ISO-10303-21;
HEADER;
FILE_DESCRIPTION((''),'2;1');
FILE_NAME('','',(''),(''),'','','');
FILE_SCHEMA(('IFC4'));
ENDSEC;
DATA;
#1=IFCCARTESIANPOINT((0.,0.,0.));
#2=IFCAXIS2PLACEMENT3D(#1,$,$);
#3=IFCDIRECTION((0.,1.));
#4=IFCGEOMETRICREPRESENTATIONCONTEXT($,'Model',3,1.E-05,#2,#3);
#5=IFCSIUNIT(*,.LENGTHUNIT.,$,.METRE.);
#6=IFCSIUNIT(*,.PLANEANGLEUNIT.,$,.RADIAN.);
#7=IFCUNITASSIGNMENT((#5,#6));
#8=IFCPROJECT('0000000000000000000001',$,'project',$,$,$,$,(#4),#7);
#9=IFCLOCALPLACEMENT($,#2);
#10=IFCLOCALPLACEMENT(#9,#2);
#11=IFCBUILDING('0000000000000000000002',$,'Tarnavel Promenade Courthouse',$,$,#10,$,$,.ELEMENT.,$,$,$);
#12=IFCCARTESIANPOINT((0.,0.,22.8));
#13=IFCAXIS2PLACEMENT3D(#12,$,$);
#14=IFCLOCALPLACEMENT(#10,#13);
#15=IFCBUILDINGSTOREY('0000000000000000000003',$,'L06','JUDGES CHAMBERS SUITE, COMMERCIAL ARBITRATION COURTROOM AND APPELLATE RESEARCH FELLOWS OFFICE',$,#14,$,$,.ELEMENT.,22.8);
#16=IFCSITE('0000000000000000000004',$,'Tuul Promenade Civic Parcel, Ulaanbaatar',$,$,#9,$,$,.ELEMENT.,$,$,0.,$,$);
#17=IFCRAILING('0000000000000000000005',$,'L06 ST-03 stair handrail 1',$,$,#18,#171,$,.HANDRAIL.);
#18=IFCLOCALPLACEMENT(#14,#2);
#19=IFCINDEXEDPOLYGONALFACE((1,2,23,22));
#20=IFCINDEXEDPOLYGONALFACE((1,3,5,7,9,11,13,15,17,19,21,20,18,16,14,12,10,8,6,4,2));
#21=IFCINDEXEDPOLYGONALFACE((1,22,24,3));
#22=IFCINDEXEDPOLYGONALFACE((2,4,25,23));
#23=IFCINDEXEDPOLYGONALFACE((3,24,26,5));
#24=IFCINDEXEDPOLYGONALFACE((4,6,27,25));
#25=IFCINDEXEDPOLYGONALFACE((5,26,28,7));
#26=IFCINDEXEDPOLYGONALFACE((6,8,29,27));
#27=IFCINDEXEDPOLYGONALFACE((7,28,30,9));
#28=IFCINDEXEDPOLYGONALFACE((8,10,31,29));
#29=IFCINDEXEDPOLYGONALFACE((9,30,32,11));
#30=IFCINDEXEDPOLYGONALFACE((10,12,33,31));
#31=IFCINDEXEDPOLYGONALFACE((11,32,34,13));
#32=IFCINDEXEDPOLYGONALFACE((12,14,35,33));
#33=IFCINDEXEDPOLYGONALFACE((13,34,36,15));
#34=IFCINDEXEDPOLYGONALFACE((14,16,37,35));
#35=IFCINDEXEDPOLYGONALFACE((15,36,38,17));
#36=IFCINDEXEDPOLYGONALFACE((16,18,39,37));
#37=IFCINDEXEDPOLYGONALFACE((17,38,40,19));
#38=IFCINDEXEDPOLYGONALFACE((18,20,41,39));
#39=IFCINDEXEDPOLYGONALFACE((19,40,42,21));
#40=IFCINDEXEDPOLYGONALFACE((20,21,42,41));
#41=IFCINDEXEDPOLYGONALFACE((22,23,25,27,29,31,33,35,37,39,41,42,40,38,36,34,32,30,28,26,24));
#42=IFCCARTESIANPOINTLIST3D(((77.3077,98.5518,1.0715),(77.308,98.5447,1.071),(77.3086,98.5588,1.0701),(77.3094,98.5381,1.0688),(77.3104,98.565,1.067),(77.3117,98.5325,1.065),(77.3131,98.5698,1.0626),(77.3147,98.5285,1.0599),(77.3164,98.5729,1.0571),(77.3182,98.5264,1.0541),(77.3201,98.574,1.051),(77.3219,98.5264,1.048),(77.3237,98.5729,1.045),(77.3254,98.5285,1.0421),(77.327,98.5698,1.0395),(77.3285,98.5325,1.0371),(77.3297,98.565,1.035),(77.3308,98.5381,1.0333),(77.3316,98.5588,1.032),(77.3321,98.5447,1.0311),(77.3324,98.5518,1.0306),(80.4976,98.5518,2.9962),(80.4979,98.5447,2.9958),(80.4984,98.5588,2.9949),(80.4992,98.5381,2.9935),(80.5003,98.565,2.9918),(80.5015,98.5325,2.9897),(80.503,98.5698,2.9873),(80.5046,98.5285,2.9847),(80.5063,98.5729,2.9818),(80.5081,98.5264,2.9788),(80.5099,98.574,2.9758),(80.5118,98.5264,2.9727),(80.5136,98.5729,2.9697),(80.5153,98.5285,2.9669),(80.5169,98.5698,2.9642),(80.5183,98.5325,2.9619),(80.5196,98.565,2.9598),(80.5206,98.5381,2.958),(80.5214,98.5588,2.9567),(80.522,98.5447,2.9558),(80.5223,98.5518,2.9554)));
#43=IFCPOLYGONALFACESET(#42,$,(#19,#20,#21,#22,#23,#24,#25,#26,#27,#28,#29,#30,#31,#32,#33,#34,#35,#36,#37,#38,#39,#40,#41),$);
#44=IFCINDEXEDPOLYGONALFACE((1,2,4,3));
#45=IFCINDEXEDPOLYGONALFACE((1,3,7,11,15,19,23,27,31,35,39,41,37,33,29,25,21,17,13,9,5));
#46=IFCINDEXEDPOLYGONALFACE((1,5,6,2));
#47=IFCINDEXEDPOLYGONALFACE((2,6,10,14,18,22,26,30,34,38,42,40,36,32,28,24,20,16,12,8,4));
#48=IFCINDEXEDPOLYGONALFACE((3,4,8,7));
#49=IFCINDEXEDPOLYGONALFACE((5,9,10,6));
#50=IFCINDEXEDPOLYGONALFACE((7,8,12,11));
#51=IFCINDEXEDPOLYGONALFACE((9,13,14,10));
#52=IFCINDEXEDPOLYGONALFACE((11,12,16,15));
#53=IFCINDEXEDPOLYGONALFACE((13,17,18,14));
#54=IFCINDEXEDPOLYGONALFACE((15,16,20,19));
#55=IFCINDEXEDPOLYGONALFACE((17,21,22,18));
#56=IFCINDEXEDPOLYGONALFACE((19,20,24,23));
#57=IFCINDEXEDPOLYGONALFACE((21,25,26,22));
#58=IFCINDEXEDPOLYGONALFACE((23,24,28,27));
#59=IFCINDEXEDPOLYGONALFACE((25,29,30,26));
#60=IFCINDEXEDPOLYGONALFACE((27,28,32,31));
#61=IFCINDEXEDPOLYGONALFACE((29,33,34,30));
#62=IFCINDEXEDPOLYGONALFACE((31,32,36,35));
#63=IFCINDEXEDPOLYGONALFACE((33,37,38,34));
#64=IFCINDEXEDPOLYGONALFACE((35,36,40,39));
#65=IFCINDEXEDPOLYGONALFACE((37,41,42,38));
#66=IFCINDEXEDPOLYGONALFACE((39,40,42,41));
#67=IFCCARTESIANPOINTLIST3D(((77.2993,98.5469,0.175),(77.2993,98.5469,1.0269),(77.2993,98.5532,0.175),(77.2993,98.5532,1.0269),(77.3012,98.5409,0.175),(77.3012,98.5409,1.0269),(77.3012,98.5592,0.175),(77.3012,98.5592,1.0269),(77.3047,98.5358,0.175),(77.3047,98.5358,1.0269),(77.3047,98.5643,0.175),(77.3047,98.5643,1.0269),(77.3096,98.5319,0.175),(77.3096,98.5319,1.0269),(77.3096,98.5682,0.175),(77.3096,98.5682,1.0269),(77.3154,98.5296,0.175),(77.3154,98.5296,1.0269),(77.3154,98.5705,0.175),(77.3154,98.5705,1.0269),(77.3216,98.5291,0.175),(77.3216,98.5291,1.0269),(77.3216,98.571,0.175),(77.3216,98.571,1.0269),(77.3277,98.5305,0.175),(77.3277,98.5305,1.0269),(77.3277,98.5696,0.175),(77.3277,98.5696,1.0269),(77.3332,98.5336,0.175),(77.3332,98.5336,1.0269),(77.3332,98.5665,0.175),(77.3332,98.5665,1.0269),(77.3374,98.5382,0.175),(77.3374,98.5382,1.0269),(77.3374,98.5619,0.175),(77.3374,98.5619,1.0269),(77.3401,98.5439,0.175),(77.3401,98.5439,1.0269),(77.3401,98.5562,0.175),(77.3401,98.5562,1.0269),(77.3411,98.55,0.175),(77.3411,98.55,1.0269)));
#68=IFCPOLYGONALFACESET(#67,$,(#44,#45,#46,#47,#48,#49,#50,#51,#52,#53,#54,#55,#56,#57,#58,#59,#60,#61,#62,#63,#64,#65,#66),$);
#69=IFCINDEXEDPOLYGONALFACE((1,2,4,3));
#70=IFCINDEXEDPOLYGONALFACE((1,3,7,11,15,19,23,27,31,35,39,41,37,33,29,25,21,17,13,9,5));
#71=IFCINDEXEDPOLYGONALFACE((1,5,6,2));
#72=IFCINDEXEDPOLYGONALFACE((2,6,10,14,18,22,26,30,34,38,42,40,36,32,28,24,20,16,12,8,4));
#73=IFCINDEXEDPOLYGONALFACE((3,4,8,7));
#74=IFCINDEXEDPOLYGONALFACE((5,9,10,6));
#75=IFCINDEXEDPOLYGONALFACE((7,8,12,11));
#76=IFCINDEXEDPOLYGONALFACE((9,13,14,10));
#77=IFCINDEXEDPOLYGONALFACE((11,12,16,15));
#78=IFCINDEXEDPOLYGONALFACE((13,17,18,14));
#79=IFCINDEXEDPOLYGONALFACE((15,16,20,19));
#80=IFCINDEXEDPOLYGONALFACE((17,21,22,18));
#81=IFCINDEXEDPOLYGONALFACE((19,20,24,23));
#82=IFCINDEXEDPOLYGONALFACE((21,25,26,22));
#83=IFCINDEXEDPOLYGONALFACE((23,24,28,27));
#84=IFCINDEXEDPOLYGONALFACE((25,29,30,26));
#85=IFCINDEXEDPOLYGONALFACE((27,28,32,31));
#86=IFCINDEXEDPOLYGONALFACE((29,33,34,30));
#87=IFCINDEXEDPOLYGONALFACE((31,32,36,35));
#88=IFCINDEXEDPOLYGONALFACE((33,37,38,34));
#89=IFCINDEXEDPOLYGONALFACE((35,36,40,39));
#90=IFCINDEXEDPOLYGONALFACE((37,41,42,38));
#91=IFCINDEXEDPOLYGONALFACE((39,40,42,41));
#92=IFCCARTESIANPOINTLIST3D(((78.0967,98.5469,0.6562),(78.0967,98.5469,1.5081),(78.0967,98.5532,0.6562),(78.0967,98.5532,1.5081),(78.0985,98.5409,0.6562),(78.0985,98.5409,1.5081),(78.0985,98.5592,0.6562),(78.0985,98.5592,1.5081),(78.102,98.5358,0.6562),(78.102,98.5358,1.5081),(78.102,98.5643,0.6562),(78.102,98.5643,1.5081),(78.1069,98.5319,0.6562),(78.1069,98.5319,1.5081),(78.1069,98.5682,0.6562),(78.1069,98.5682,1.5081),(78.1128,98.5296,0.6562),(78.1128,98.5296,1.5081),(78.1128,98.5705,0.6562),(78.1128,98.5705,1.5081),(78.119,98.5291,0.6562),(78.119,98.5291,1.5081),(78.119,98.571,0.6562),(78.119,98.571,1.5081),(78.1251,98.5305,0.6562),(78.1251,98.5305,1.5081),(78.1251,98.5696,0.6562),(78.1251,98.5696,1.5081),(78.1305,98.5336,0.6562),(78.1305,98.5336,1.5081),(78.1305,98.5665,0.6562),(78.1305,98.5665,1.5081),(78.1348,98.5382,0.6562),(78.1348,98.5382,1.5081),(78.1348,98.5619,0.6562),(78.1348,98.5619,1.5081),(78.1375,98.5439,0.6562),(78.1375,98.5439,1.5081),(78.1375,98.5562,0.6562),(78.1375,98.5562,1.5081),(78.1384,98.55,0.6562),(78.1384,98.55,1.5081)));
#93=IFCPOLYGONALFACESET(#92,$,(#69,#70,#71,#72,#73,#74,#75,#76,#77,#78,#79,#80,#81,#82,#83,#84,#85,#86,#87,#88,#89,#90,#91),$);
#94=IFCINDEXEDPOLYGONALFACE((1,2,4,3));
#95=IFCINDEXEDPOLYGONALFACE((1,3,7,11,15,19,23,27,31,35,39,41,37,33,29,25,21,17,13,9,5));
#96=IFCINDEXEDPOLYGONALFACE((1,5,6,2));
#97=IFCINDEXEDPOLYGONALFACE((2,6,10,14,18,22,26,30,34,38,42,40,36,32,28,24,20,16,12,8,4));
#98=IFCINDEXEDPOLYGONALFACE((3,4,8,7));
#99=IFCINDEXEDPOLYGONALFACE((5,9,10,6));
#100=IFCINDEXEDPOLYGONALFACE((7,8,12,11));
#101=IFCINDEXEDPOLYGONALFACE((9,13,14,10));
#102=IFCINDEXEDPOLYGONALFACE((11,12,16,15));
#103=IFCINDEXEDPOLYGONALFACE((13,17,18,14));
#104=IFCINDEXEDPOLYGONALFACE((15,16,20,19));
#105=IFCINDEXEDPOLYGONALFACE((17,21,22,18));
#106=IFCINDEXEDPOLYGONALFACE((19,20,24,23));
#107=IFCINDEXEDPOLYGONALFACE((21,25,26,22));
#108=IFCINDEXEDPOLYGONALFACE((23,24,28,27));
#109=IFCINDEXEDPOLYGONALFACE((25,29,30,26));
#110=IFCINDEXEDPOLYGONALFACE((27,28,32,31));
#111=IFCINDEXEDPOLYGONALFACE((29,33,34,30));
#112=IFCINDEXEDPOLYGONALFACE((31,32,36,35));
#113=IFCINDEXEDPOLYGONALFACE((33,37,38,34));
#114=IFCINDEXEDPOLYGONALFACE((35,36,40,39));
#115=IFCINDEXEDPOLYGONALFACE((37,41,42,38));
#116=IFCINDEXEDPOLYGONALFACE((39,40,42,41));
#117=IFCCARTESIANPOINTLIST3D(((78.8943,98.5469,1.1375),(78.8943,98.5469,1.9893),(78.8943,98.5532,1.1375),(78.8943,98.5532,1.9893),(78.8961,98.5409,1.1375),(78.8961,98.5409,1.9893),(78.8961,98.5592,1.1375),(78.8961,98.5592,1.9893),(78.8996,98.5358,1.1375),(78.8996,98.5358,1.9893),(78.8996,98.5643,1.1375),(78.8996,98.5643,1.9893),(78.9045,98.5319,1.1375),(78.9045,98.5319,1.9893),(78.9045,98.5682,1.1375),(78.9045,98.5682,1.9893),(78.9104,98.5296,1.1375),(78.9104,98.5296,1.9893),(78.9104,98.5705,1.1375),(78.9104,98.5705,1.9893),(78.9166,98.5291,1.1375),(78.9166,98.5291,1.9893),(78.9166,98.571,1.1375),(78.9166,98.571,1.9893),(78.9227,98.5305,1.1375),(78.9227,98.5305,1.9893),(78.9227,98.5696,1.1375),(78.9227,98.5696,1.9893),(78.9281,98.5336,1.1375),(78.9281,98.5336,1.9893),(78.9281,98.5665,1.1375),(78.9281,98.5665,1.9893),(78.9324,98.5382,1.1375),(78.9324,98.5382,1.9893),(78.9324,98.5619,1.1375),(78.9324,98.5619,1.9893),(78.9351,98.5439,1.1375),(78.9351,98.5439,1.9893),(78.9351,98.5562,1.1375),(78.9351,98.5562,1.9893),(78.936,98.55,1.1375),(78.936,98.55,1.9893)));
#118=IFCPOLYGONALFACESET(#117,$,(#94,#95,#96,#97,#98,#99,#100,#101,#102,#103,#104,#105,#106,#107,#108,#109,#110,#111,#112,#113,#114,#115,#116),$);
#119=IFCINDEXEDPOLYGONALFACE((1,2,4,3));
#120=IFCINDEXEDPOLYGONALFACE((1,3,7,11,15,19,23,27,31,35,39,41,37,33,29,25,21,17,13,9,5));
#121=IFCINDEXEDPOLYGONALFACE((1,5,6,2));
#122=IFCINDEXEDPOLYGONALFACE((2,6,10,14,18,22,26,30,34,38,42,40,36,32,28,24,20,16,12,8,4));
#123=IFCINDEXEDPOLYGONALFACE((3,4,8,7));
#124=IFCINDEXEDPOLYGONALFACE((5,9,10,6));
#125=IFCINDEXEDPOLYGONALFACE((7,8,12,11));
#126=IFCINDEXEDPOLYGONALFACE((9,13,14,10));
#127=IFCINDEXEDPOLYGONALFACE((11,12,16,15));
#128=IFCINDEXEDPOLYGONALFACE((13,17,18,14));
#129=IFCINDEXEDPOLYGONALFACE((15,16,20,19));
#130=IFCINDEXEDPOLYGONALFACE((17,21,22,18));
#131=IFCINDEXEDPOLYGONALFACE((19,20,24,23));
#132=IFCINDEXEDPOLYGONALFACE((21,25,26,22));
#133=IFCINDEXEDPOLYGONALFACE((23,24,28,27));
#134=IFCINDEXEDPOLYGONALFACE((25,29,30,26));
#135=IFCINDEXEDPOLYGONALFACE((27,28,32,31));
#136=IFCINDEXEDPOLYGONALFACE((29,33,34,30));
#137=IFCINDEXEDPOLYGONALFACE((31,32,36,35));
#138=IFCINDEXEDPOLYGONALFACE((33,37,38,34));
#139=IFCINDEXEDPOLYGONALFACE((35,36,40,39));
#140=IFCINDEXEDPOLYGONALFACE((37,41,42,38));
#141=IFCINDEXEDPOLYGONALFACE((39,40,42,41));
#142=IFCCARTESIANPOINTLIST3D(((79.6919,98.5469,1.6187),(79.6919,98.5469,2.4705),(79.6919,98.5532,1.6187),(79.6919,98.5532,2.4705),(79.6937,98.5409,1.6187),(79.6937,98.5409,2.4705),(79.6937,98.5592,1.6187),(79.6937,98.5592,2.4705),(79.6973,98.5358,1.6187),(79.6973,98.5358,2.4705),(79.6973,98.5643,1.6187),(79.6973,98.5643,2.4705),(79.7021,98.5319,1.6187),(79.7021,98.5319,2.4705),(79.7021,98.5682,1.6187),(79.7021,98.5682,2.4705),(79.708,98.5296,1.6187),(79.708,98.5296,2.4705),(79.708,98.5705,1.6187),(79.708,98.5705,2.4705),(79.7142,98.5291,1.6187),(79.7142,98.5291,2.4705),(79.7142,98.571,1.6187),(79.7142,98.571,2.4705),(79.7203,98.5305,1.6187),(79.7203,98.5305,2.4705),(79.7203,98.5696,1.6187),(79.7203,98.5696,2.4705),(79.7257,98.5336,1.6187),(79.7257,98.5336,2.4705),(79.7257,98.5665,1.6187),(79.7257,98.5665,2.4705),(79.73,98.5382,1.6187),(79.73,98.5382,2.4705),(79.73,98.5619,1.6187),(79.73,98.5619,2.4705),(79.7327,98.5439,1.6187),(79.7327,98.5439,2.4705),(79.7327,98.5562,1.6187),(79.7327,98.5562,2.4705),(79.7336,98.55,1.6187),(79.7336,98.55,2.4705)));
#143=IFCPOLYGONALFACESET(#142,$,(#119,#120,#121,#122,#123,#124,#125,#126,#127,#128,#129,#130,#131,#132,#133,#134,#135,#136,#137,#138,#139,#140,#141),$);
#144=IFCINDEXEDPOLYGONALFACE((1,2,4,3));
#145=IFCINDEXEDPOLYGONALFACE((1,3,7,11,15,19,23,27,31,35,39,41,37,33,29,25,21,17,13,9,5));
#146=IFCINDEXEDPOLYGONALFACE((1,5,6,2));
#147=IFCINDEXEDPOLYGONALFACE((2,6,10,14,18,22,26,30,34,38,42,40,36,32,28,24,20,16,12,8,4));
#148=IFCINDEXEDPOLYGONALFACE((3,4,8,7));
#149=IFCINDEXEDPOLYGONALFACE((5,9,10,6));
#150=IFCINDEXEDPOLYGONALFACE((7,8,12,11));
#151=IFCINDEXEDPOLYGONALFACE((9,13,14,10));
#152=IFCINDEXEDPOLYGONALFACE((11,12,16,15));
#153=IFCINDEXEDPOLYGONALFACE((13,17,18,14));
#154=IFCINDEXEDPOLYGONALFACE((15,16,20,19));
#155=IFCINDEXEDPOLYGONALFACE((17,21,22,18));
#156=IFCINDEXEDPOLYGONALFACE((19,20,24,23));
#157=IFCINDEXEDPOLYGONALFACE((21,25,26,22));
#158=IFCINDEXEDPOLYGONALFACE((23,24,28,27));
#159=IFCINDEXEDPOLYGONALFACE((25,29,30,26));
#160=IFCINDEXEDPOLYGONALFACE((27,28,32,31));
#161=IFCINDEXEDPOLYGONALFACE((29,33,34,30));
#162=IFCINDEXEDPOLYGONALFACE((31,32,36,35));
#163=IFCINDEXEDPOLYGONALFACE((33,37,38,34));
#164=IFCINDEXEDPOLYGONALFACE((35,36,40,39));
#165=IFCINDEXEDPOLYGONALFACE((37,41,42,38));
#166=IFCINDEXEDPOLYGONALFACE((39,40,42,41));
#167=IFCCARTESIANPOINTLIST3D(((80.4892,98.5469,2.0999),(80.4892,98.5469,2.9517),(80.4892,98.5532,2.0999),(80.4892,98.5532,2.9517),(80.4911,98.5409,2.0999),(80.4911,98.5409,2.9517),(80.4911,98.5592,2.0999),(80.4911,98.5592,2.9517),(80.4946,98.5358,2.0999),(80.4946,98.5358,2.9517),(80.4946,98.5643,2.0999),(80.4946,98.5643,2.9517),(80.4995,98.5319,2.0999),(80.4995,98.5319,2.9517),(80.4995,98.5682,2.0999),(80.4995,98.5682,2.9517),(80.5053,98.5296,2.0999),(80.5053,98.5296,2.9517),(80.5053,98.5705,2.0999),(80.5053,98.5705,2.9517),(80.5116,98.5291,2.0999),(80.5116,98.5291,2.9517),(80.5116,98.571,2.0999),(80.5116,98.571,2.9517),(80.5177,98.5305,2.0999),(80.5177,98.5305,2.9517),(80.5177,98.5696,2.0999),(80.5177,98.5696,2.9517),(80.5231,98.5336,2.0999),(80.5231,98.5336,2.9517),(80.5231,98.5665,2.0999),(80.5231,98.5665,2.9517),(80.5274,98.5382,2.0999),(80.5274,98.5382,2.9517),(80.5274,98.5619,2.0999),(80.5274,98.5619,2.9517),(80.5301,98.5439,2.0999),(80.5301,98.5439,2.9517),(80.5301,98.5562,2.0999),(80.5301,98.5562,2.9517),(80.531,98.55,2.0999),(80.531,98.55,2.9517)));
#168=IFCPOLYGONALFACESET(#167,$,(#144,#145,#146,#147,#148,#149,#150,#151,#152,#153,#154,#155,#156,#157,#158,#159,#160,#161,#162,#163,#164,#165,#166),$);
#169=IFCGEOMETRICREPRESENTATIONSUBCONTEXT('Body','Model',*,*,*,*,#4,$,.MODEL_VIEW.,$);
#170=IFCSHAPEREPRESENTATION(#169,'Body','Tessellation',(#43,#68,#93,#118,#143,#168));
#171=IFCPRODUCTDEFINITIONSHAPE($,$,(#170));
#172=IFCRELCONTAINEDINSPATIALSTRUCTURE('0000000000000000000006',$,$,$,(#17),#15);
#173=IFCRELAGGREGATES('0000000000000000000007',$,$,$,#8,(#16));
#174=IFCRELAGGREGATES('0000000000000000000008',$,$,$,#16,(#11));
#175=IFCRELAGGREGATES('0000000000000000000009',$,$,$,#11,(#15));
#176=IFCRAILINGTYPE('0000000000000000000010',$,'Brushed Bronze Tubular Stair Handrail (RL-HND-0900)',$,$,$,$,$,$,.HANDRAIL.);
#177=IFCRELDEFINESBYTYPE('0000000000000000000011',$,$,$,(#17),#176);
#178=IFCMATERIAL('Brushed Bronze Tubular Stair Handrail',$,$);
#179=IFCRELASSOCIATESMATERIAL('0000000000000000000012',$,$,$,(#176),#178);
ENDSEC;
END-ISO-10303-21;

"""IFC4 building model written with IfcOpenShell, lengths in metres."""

from ifc_helpers import new_model, si_unit, direction, frame, origin, origin_2d, place, context, subcontext, project, spatial, circle, extrude, material, type_object, element, save


model = new_model("IFC4")

# Units and contexts
model_context = context("Model", 3, precision=1e-05, world=origin(), true_north=direction((0.0, 1.0)))
body_context = subcontext(model_context, "Body", "Model", "MODEL_VIEW")
ifc_project = project(units=[si_unit("LENGTHUNIT", "METRE"), si_unit("PLANEANGLEUNIT", "RADIAN")], contexts=[model_context])

# Site, building, storey
site_placement = place(None, origin())
site = spatial("IfcSite", under=ifc_project, at=site_placement, Name="Tuul Promenade Civic Parcel, Ulaanbaatar", CompositionType="ELEMENT", RefElevation=0.0)
building_placement = place(site_placement, origin())
building = spatial("IfcBuilding", under=site, at=building_placement, Name="Tarnavel Promenade Courthouse", CompositionType="ELEMENT")
storey_placement = place(building_placement, frame((0.0, 0.0, 22.8)))
storey = spatial("IfcBuildingStorey", under=building, at=storey_placement, Name="L06", Description="JUDGES CHAMBERS SUITE, COMMERCIAL ARBITRATION COURTROOM AND APPELLATE RESEARCH FELLOWS OFFICE", CompositionType="ELEMENT", Elevation=22.8)

# Railing
ifc_material_1 = material(Name="Brushed Bronze Tubular Stair Handrail")
railing_type_1 = type_object("IfcRailingType", Name="Brushed Bronze Tubular Stair Handrail (RL-HND-0900)", PredefinedType="HANDRAIL", material=ifc_material_1)
railing_1_placement = place(storey_placement, frame((77.3201, 98.55, 0.175)))
element("IfcRailing", 1, at=railing_1_placement, inside=storey, type_object=railing_type_1, Name="L06 ST-03 stair handrail 1", PredefinedType="HANDRAIL", context=body_context, shape_type="SweptSolid", body=[
    extrude(circle(Radius=0.0239, at=origin_2d()), frame((0.0, 0.0, 0.876), z_axis=(0.856207, 0.0, 0.516633), x_axis=(0.0, 1.0, 0.0)), (0.0, 0.0, 1.0), 3.7256),
    extrude(circle(Radius=0.021, at=origin_2d()), origin(), (0.0, 0.0, 1.0), 0.8518),
    extrude(circle(Radius=0.021, at=origin_2d()), frame((0.7974, 0.0, 0.4812)), (0.0, 0.0, 1.0), 0.8518),
    extrude(circle(Radius=0.021, at=origin_2d()), frame((1.595, 0.0, 0.9624)), (0.0, 0.0, 1.0), 0.8518),
    extrude(circle(Radius=0.021, at=origin_2d()), frame((2.3926, 0.0, 1.4436)), (0.0, 0.0, 1.0), 0.8518),
    extrude(circle(Radius=0.021, at=origin_2d()), frame((3.1899, 0.0, 1.9248)), (0.0, 0.0, 1.0), 0.8518),
])

save(model, "model.ifc")
